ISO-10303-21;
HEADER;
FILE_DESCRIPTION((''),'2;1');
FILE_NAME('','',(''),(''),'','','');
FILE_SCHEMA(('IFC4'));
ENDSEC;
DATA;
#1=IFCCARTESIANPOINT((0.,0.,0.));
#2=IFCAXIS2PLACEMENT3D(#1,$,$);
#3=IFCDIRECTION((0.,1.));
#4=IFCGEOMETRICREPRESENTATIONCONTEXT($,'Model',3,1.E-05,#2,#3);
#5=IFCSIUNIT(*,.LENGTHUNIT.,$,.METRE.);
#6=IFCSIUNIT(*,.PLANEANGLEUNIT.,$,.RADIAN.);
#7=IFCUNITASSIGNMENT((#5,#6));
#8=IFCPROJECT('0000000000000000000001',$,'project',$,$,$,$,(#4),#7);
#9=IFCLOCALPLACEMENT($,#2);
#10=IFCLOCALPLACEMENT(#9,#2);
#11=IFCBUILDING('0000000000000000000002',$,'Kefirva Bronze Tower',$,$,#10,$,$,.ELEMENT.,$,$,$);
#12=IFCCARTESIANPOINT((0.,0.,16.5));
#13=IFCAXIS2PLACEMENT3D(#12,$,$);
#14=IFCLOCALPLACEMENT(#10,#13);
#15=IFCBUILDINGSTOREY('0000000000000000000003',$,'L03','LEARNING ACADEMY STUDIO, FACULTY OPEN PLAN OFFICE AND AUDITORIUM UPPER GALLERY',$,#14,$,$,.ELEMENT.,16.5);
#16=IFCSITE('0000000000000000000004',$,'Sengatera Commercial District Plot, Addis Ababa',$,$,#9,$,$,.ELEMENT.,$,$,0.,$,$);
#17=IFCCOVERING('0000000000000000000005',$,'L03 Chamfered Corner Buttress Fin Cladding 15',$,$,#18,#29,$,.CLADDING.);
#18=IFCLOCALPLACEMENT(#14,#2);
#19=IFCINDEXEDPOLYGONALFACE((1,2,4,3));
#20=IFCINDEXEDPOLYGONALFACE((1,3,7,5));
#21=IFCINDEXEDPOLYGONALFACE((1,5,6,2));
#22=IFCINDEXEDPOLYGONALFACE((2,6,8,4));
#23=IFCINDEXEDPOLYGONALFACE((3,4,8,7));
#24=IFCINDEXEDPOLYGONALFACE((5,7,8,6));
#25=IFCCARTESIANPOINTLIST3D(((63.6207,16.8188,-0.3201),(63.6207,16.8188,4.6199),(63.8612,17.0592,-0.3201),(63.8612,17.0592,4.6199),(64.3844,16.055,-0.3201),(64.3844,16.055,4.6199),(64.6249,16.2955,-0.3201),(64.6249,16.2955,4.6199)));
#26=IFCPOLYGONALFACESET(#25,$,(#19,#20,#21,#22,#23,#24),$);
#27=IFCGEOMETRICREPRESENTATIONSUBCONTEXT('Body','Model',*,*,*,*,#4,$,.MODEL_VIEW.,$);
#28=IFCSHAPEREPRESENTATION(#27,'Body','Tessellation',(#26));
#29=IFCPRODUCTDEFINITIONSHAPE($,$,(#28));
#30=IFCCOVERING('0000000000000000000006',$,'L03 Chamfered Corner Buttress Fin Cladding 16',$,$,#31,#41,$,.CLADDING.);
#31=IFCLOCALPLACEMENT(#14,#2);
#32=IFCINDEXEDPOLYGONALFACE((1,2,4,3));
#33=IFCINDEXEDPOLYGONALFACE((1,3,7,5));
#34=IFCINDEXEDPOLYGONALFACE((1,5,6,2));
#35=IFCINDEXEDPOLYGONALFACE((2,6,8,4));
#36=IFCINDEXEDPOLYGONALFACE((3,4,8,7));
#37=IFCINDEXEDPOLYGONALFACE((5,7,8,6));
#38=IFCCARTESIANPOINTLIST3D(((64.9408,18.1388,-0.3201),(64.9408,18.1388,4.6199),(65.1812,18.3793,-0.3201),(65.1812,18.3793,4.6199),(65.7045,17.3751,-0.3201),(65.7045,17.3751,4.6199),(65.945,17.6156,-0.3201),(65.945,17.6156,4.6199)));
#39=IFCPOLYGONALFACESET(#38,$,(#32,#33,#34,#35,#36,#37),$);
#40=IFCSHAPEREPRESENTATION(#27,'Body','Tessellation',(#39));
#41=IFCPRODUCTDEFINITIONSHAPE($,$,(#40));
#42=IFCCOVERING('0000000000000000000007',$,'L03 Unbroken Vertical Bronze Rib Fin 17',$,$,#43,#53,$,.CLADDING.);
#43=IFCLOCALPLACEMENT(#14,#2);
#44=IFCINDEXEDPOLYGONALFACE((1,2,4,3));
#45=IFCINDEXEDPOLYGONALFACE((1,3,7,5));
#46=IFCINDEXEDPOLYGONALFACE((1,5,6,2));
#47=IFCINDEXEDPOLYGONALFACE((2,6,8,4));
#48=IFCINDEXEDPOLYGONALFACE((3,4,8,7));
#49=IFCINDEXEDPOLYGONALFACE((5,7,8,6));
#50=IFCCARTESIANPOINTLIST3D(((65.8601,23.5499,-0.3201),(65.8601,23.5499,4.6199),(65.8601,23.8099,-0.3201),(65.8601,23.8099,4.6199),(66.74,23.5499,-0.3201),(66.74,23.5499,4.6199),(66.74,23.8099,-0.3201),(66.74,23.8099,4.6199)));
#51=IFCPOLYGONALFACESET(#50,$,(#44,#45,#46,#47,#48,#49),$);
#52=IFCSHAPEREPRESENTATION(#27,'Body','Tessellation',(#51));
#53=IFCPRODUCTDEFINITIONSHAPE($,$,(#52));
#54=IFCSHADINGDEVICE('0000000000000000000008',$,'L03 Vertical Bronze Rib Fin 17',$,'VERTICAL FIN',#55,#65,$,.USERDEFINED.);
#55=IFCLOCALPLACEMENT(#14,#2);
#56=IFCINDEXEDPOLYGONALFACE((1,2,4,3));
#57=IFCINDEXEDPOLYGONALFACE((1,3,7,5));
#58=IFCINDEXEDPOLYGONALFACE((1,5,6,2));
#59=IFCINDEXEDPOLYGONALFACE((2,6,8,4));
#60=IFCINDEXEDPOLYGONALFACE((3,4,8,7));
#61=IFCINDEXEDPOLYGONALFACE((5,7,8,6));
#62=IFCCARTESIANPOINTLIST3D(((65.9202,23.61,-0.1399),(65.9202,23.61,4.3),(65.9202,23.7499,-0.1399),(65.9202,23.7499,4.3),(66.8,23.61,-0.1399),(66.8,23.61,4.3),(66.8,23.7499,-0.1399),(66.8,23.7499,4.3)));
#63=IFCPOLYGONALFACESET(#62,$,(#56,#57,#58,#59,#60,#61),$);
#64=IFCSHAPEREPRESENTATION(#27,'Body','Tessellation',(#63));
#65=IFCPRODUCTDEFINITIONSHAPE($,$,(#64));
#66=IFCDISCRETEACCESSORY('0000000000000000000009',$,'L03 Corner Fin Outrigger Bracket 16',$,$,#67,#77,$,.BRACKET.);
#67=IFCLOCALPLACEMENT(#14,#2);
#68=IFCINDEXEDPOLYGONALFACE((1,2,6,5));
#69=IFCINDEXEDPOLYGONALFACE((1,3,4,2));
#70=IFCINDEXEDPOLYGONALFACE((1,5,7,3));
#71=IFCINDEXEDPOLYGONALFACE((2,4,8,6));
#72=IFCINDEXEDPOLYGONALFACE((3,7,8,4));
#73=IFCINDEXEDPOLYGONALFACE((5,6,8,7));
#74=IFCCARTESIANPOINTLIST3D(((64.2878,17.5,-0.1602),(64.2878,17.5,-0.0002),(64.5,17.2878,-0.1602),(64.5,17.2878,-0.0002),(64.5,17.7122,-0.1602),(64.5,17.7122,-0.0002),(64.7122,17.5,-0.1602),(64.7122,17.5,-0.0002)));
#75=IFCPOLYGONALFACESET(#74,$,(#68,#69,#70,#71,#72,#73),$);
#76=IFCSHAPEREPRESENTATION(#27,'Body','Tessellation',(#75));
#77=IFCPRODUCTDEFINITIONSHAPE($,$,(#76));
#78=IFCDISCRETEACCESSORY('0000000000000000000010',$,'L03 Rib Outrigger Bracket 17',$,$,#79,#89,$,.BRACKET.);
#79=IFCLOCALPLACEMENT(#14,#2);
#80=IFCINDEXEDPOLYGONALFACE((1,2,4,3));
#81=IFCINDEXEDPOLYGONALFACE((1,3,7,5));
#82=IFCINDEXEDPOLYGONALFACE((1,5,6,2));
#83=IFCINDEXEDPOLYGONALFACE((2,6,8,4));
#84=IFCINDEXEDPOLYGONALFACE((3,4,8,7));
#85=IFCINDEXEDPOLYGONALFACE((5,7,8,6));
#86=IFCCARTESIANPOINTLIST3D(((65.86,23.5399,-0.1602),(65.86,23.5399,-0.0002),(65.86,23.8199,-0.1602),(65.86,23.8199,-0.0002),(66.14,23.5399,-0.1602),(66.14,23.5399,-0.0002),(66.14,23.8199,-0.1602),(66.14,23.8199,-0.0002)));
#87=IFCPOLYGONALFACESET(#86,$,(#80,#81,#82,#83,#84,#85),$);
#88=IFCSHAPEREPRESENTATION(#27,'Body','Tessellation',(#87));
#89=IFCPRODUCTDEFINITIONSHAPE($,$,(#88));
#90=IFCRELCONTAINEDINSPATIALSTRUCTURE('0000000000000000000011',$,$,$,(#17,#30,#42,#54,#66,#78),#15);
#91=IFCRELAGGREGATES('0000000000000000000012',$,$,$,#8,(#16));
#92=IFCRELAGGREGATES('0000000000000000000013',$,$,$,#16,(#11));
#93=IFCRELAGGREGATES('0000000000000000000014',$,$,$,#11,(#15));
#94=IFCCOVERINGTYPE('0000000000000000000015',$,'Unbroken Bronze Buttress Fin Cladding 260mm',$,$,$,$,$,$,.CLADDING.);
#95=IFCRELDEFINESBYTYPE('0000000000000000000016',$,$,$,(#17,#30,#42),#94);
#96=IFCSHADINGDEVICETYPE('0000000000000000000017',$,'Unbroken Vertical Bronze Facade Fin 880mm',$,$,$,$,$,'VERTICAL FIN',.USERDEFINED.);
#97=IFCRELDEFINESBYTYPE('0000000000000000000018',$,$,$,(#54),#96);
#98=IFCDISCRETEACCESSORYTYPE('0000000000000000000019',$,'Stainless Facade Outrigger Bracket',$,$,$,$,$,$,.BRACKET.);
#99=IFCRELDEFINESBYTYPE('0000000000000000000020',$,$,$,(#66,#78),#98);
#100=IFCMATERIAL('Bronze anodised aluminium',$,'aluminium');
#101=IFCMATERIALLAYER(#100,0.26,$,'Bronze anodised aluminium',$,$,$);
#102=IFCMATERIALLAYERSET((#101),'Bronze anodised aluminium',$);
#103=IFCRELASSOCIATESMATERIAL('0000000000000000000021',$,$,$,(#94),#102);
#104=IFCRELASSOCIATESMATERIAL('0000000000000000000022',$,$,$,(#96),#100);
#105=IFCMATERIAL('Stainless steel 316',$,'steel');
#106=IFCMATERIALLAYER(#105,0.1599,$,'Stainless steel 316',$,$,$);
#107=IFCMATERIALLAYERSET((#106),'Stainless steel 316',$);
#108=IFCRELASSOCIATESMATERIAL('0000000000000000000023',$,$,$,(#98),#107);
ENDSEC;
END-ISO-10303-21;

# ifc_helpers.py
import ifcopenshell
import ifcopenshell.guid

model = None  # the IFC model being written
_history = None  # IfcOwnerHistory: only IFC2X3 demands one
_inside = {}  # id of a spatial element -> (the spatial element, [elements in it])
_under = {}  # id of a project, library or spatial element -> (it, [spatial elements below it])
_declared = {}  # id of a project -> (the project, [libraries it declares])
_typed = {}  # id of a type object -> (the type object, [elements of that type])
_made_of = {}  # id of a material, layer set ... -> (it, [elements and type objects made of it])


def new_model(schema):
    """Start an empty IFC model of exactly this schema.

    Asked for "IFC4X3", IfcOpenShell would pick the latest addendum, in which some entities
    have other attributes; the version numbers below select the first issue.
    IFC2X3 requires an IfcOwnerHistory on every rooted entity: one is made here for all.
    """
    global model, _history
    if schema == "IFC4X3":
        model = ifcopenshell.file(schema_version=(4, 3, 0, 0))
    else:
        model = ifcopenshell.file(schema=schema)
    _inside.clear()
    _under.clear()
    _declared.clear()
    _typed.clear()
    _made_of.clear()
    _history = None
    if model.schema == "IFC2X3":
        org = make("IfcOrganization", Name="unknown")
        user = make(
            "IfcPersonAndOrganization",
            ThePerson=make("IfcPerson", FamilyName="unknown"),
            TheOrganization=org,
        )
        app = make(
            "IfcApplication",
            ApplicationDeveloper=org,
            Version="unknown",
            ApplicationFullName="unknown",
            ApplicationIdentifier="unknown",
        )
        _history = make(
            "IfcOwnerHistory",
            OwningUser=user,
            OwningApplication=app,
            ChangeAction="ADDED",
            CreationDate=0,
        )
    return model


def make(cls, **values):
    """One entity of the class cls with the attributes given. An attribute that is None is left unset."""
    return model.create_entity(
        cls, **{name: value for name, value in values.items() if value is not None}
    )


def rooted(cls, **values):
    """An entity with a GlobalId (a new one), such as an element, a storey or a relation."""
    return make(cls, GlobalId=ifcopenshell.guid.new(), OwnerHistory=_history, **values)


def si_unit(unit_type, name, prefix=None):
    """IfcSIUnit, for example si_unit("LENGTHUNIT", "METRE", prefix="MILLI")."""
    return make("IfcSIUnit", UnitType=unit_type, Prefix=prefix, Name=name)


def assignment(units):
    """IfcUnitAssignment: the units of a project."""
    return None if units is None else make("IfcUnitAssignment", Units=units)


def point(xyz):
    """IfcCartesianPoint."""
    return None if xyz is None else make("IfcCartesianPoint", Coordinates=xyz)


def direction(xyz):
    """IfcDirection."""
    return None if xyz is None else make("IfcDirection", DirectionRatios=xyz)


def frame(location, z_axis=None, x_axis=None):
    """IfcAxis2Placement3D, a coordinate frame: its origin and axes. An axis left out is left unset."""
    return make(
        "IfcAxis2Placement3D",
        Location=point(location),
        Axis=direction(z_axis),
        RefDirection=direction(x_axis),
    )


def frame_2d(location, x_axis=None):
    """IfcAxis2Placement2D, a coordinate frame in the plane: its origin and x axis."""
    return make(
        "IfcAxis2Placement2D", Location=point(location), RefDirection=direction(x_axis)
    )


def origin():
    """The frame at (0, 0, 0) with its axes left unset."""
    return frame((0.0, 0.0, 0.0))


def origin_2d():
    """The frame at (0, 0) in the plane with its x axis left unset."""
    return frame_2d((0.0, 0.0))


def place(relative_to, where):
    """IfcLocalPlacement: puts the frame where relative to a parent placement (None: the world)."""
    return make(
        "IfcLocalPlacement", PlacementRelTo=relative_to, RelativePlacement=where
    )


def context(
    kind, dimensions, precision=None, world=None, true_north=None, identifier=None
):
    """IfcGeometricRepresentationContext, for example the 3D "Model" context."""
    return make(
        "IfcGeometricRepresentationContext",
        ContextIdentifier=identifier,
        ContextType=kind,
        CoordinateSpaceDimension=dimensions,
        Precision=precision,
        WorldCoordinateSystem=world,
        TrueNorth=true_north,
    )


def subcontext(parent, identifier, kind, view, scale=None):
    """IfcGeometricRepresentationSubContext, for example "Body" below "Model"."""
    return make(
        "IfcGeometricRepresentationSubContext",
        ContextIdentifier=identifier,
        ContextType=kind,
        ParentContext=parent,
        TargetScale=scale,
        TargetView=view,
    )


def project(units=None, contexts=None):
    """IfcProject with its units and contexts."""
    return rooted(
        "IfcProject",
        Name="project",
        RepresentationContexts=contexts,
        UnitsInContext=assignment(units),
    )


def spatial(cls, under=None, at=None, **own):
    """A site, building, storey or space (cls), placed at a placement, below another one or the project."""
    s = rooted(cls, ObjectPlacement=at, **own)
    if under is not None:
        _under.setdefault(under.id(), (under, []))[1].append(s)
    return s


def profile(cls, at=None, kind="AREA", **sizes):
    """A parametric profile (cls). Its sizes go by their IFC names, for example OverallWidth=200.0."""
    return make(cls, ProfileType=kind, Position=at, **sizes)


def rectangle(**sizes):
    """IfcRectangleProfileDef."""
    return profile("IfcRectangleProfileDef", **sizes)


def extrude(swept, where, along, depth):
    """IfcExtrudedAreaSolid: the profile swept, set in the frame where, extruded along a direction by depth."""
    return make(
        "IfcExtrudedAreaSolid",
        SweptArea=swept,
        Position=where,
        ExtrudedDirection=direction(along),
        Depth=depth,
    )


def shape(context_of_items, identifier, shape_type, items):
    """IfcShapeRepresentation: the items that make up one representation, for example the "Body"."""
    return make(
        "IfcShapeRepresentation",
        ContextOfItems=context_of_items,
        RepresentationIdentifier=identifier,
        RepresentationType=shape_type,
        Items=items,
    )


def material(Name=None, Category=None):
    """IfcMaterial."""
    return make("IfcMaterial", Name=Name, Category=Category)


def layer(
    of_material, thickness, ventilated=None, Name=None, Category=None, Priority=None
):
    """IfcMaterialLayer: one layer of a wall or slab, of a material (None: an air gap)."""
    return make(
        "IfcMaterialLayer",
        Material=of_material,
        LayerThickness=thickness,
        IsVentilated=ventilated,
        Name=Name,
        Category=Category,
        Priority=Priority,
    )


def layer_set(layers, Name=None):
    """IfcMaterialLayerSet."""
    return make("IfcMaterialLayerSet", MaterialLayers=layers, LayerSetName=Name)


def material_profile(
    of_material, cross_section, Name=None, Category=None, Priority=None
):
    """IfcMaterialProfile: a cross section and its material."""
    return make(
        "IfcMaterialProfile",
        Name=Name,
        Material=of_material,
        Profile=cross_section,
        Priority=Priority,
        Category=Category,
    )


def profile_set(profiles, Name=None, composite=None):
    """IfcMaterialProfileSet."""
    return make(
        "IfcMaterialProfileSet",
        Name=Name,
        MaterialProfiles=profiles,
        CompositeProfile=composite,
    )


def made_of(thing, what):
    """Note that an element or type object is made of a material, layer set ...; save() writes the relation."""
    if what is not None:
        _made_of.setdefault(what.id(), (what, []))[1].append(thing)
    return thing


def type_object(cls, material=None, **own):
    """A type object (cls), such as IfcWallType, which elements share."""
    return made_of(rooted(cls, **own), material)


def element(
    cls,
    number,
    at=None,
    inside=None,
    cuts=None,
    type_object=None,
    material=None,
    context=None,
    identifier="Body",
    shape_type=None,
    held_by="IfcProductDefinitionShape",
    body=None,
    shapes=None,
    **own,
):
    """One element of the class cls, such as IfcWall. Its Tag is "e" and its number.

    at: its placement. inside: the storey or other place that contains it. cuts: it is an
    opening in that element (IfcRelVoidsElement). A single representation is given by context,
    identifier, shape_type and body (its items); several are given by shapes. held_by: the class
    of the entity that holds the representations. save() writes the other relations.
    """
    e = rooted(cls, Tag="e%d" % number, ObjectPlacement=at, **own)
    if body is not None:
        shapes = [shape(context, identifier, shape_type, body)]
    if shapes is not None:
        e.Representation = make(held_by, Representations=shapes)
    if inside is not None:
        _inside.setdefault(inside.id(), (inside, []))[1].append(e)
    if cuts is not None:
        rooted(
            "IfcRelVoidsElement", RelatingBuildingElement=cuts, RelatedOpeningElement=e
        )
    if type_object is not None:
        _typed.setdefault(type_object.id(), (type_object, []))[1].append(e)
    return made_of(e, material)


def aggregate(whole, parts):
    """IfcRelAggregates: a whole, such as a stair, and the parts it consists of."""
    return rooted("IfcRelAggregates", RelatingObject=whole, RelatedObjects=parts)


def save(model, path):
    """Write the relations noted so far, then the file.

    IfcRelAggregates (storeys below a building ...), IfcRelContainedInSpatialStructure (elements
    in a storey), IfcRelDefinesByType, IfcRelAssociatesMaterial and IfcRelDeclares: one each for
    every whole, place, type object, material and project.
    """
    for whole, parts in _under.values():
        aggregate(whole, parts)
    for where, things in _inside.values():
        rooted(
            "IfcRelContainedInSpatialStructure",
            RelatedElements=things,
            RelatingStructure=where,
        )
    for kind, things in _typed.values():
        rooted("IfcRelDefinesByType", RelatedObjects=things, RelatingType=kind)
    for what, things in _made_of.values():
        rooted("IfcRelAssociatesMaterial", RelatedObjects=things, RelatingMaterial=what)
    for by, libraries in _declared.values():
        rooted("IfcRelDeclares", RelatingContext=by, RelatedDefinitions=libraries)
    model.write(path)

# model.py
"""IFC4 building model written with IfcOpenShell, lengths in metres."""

from ifc_helpers import new_model, si_unit, direction, frame, origin, origin_2d, place, context, subcontext, project, spatial, rectangle, extrude, material, layer, layer_set, material_profile, profile_set, type_object, element, save


model = new_model("IFC4")

# Units and contexts
model_context = context("Model", 3, precision=1e-05, world=origin(), true_north=direction((0.0, 1.0)))
body_context = subcontext(model_context, "Body", "Model", "MODEL_VIEW")
ifc_project = project(units=[si_unit("LENGTHUNIT", "METRE"), si_unit("PLANEANGLEUNIT", "RADIAN")], contexts=[model_context])

# Site, building, storey
site_placement = place(None, origin())
site = spatial("IfcSite", under=ifc_project, at=site_placement, Name="Sengatera Commercial District Plot, Addis Ababa", CompositionType="ELEMENT", RefElevation=0.0)
building_placement = place(site_placement, origin())
building = spatial("IfcBuilding", under=site, at=building_placement, Name="Kefirva Bronze Tower", CompositionType="ELEMENT")
storey_placement = place(building_placement, frame((0.0, 0.0, 16.5)))
storey = spatial("IfcBuildingStorey", under=building, at=storey_placement, Name="L03", Description="LEARNING ACADEMY STUDIO, FACULTY OPEN PLAN OFFICE AND AUDITORIUM UPPER GALLERY", CompositionType="ELEMENT", Elevation=16.5)

# Shared definitions
ifc_material_1 = material(Name="Bronze anodised aluminium", Category="aluminium")

# Shared definitions
ifc_material_2 = material(Name="Stainless steel 316", Category="steel")

# Coverings
ifc_layer_1 = layer(ifc_material_1, 0.26, Name="Bronze anodised aluminium")
ifc_layer_set_1 = layer_set([ifc_layer_1], Name="Bronze anodised aluminium")
covering_type_1 = type_object("IfcCoveringType", Name="Unbroken Bronze Buttress Fin Cladding 260mm", PredefinedType="CLADDING", material=ifc_layer_set_1)
for number, where, z_axis, x_axis, name in (
    (1, (64.1228, 16.5571, -0.3201), (0.0, 0.0, 1.0), (0.707107, 0.707107, 0.0), "L03 Chamfered Corner Buttress Fin Cladding 15"),
    (2, (65.4429, 17.8772, -0.3201), (0.0, 0.0, 1.0), (0.707107, 0.707107, 0.0), "L03 Chamfered Corner Buttress Fin Cladding 16"),
):
    element("IfcCovering", number, at=place(storey_placement, frame(where, z_axis=z_axis, x_axis=x_axis)), inside=storey, type_object=covering_type_1, Name=name, PredefinedType="CLADDING", context=body_context, shape_type="SweptSolid", body=[
        extrude(rectangle(XDim=0.3401, YDim=1.0801, at=origin_2d()), origin(), (0.0, 0.0, 1.0), 4.9399),
    ])
covering_1_placement = place(storey_placement, frame((66.3, 23.6799, -0.3201), z_axis=(0.0, 0.0, 1.0), x_axis=(0.0, 1.0, 0.0)))
element("IfcCovering", 3, at=covering_1_placement, inside=storey, type_object=covering_type_1, Name="L03 Unbroken Vertical Bronze Rib Fin 17", PredefinedType="CLADDING", context=body_context, shape_type="SweptSolid", body=[
    extrude(rectangle(XDim=0.26, YDim=0.8799, at=origin_2d()), origin(), (0.0, 0.0, 1.0), 4.9399),
])

# Shading device
ifc_material_profile_1 = material_profile(ifc_material_1, rectangle(XDim=0.1399, YDim=0.8799, at=origin_2d()), Name="BRONZE FIN 140x880")
ifc_profile_set_1 = profile_set([ifc_material_profile_1], Name="Bronze anodised aluminium")
shading_device_type_1 = type_object("IfcShadingDeviceType", Name="Unbroken Vertical Bronze Facade Fin 880mm", ElementType="VERTICAL FIN", PredefinedType="USERDEFINED", material=ifc_profile_set_1)
shading_device_1_placement = place(storey_placement, frame((66.3601, 23.6799, -0.1399), z_axis=(0.0, 0.0, 1.0), x_axis=(0.0, 1.0, 0.0)))
element("IfcShadingDevice", 4, at=shading_device_1_placement, inside=storey, type_object=shading_device_type_1, Name="L03 Vertical Bronze Rib Fin 17", ObjectType="VERTICAL FIN", PredefinedType="USERDEFINED", context=body_context, shape_type="SweptSolid", body=[
    extrude(rectangle(XDim=0.1399, YDim=0.8799, at=origin_2d()), origin(), (0.0, 0.0, 1.0), 4.4399),
])

# Discrete accessories
ifc_layer_2 = layer(ifc_material_2, 0.1599, Name="Stainless steel 316")
ifc_layer_set_2 = layer_set([ifc_layer_2], Name="Stainless steel 316")
discrete_accessory_type = type_object("IfcDiscreteAccessoryType", Name="Stainless Facade Outrigger Bracket", PredefinedType="BRACKET", material=ifc_layer_set_2)
discrete_accessory_1_placement = place(storey_placement, frame((64.5, 17.5, -0.1602), z_axis=(0.0, 0.0, 1.0), x_axis=(0.707107, 0.707107, 0.0)))
element("IfcDiscreteAccessory", 5, at=discrete_accessory_1_placement, inside=storey, type_object=discrete_accessory_type, Name="L03 Corner Fin Outrigger Bracket 16", PredefinedType="BRACKET", context=body_context, shape_type="SweptSolid", body=[
    extrude(rectangle(XDim=0.3, YDim=0.3, at=origin_2d()), origin(), (0.0, 0.0, 1.0), 0.1599),
])
discrete_accessory_2_placement = place(storey_placement, frame((66.0, 23.6799, -0.1602), z_axis=(0.0, 0.0, 1.0), x_axis=(0.0, 1.0, 0.0)))
element("IfcDiscreteAccessory", 6, at=discrete_accessory_2_placement, inside=storey, type_object=discrete_accessory_type, Name="L03 Rib Outrigger Bracket 17", PredefinedType="BRACKET", context=body_context, shape_type="SweptSolid", body=[
    extrude(rectangle(XDim=0.28, YDim=0.28, at=origin_2d()), origin(), (0.0, 0.0, 1.0), 0.1599),
])

save(model, "model.ifc")
